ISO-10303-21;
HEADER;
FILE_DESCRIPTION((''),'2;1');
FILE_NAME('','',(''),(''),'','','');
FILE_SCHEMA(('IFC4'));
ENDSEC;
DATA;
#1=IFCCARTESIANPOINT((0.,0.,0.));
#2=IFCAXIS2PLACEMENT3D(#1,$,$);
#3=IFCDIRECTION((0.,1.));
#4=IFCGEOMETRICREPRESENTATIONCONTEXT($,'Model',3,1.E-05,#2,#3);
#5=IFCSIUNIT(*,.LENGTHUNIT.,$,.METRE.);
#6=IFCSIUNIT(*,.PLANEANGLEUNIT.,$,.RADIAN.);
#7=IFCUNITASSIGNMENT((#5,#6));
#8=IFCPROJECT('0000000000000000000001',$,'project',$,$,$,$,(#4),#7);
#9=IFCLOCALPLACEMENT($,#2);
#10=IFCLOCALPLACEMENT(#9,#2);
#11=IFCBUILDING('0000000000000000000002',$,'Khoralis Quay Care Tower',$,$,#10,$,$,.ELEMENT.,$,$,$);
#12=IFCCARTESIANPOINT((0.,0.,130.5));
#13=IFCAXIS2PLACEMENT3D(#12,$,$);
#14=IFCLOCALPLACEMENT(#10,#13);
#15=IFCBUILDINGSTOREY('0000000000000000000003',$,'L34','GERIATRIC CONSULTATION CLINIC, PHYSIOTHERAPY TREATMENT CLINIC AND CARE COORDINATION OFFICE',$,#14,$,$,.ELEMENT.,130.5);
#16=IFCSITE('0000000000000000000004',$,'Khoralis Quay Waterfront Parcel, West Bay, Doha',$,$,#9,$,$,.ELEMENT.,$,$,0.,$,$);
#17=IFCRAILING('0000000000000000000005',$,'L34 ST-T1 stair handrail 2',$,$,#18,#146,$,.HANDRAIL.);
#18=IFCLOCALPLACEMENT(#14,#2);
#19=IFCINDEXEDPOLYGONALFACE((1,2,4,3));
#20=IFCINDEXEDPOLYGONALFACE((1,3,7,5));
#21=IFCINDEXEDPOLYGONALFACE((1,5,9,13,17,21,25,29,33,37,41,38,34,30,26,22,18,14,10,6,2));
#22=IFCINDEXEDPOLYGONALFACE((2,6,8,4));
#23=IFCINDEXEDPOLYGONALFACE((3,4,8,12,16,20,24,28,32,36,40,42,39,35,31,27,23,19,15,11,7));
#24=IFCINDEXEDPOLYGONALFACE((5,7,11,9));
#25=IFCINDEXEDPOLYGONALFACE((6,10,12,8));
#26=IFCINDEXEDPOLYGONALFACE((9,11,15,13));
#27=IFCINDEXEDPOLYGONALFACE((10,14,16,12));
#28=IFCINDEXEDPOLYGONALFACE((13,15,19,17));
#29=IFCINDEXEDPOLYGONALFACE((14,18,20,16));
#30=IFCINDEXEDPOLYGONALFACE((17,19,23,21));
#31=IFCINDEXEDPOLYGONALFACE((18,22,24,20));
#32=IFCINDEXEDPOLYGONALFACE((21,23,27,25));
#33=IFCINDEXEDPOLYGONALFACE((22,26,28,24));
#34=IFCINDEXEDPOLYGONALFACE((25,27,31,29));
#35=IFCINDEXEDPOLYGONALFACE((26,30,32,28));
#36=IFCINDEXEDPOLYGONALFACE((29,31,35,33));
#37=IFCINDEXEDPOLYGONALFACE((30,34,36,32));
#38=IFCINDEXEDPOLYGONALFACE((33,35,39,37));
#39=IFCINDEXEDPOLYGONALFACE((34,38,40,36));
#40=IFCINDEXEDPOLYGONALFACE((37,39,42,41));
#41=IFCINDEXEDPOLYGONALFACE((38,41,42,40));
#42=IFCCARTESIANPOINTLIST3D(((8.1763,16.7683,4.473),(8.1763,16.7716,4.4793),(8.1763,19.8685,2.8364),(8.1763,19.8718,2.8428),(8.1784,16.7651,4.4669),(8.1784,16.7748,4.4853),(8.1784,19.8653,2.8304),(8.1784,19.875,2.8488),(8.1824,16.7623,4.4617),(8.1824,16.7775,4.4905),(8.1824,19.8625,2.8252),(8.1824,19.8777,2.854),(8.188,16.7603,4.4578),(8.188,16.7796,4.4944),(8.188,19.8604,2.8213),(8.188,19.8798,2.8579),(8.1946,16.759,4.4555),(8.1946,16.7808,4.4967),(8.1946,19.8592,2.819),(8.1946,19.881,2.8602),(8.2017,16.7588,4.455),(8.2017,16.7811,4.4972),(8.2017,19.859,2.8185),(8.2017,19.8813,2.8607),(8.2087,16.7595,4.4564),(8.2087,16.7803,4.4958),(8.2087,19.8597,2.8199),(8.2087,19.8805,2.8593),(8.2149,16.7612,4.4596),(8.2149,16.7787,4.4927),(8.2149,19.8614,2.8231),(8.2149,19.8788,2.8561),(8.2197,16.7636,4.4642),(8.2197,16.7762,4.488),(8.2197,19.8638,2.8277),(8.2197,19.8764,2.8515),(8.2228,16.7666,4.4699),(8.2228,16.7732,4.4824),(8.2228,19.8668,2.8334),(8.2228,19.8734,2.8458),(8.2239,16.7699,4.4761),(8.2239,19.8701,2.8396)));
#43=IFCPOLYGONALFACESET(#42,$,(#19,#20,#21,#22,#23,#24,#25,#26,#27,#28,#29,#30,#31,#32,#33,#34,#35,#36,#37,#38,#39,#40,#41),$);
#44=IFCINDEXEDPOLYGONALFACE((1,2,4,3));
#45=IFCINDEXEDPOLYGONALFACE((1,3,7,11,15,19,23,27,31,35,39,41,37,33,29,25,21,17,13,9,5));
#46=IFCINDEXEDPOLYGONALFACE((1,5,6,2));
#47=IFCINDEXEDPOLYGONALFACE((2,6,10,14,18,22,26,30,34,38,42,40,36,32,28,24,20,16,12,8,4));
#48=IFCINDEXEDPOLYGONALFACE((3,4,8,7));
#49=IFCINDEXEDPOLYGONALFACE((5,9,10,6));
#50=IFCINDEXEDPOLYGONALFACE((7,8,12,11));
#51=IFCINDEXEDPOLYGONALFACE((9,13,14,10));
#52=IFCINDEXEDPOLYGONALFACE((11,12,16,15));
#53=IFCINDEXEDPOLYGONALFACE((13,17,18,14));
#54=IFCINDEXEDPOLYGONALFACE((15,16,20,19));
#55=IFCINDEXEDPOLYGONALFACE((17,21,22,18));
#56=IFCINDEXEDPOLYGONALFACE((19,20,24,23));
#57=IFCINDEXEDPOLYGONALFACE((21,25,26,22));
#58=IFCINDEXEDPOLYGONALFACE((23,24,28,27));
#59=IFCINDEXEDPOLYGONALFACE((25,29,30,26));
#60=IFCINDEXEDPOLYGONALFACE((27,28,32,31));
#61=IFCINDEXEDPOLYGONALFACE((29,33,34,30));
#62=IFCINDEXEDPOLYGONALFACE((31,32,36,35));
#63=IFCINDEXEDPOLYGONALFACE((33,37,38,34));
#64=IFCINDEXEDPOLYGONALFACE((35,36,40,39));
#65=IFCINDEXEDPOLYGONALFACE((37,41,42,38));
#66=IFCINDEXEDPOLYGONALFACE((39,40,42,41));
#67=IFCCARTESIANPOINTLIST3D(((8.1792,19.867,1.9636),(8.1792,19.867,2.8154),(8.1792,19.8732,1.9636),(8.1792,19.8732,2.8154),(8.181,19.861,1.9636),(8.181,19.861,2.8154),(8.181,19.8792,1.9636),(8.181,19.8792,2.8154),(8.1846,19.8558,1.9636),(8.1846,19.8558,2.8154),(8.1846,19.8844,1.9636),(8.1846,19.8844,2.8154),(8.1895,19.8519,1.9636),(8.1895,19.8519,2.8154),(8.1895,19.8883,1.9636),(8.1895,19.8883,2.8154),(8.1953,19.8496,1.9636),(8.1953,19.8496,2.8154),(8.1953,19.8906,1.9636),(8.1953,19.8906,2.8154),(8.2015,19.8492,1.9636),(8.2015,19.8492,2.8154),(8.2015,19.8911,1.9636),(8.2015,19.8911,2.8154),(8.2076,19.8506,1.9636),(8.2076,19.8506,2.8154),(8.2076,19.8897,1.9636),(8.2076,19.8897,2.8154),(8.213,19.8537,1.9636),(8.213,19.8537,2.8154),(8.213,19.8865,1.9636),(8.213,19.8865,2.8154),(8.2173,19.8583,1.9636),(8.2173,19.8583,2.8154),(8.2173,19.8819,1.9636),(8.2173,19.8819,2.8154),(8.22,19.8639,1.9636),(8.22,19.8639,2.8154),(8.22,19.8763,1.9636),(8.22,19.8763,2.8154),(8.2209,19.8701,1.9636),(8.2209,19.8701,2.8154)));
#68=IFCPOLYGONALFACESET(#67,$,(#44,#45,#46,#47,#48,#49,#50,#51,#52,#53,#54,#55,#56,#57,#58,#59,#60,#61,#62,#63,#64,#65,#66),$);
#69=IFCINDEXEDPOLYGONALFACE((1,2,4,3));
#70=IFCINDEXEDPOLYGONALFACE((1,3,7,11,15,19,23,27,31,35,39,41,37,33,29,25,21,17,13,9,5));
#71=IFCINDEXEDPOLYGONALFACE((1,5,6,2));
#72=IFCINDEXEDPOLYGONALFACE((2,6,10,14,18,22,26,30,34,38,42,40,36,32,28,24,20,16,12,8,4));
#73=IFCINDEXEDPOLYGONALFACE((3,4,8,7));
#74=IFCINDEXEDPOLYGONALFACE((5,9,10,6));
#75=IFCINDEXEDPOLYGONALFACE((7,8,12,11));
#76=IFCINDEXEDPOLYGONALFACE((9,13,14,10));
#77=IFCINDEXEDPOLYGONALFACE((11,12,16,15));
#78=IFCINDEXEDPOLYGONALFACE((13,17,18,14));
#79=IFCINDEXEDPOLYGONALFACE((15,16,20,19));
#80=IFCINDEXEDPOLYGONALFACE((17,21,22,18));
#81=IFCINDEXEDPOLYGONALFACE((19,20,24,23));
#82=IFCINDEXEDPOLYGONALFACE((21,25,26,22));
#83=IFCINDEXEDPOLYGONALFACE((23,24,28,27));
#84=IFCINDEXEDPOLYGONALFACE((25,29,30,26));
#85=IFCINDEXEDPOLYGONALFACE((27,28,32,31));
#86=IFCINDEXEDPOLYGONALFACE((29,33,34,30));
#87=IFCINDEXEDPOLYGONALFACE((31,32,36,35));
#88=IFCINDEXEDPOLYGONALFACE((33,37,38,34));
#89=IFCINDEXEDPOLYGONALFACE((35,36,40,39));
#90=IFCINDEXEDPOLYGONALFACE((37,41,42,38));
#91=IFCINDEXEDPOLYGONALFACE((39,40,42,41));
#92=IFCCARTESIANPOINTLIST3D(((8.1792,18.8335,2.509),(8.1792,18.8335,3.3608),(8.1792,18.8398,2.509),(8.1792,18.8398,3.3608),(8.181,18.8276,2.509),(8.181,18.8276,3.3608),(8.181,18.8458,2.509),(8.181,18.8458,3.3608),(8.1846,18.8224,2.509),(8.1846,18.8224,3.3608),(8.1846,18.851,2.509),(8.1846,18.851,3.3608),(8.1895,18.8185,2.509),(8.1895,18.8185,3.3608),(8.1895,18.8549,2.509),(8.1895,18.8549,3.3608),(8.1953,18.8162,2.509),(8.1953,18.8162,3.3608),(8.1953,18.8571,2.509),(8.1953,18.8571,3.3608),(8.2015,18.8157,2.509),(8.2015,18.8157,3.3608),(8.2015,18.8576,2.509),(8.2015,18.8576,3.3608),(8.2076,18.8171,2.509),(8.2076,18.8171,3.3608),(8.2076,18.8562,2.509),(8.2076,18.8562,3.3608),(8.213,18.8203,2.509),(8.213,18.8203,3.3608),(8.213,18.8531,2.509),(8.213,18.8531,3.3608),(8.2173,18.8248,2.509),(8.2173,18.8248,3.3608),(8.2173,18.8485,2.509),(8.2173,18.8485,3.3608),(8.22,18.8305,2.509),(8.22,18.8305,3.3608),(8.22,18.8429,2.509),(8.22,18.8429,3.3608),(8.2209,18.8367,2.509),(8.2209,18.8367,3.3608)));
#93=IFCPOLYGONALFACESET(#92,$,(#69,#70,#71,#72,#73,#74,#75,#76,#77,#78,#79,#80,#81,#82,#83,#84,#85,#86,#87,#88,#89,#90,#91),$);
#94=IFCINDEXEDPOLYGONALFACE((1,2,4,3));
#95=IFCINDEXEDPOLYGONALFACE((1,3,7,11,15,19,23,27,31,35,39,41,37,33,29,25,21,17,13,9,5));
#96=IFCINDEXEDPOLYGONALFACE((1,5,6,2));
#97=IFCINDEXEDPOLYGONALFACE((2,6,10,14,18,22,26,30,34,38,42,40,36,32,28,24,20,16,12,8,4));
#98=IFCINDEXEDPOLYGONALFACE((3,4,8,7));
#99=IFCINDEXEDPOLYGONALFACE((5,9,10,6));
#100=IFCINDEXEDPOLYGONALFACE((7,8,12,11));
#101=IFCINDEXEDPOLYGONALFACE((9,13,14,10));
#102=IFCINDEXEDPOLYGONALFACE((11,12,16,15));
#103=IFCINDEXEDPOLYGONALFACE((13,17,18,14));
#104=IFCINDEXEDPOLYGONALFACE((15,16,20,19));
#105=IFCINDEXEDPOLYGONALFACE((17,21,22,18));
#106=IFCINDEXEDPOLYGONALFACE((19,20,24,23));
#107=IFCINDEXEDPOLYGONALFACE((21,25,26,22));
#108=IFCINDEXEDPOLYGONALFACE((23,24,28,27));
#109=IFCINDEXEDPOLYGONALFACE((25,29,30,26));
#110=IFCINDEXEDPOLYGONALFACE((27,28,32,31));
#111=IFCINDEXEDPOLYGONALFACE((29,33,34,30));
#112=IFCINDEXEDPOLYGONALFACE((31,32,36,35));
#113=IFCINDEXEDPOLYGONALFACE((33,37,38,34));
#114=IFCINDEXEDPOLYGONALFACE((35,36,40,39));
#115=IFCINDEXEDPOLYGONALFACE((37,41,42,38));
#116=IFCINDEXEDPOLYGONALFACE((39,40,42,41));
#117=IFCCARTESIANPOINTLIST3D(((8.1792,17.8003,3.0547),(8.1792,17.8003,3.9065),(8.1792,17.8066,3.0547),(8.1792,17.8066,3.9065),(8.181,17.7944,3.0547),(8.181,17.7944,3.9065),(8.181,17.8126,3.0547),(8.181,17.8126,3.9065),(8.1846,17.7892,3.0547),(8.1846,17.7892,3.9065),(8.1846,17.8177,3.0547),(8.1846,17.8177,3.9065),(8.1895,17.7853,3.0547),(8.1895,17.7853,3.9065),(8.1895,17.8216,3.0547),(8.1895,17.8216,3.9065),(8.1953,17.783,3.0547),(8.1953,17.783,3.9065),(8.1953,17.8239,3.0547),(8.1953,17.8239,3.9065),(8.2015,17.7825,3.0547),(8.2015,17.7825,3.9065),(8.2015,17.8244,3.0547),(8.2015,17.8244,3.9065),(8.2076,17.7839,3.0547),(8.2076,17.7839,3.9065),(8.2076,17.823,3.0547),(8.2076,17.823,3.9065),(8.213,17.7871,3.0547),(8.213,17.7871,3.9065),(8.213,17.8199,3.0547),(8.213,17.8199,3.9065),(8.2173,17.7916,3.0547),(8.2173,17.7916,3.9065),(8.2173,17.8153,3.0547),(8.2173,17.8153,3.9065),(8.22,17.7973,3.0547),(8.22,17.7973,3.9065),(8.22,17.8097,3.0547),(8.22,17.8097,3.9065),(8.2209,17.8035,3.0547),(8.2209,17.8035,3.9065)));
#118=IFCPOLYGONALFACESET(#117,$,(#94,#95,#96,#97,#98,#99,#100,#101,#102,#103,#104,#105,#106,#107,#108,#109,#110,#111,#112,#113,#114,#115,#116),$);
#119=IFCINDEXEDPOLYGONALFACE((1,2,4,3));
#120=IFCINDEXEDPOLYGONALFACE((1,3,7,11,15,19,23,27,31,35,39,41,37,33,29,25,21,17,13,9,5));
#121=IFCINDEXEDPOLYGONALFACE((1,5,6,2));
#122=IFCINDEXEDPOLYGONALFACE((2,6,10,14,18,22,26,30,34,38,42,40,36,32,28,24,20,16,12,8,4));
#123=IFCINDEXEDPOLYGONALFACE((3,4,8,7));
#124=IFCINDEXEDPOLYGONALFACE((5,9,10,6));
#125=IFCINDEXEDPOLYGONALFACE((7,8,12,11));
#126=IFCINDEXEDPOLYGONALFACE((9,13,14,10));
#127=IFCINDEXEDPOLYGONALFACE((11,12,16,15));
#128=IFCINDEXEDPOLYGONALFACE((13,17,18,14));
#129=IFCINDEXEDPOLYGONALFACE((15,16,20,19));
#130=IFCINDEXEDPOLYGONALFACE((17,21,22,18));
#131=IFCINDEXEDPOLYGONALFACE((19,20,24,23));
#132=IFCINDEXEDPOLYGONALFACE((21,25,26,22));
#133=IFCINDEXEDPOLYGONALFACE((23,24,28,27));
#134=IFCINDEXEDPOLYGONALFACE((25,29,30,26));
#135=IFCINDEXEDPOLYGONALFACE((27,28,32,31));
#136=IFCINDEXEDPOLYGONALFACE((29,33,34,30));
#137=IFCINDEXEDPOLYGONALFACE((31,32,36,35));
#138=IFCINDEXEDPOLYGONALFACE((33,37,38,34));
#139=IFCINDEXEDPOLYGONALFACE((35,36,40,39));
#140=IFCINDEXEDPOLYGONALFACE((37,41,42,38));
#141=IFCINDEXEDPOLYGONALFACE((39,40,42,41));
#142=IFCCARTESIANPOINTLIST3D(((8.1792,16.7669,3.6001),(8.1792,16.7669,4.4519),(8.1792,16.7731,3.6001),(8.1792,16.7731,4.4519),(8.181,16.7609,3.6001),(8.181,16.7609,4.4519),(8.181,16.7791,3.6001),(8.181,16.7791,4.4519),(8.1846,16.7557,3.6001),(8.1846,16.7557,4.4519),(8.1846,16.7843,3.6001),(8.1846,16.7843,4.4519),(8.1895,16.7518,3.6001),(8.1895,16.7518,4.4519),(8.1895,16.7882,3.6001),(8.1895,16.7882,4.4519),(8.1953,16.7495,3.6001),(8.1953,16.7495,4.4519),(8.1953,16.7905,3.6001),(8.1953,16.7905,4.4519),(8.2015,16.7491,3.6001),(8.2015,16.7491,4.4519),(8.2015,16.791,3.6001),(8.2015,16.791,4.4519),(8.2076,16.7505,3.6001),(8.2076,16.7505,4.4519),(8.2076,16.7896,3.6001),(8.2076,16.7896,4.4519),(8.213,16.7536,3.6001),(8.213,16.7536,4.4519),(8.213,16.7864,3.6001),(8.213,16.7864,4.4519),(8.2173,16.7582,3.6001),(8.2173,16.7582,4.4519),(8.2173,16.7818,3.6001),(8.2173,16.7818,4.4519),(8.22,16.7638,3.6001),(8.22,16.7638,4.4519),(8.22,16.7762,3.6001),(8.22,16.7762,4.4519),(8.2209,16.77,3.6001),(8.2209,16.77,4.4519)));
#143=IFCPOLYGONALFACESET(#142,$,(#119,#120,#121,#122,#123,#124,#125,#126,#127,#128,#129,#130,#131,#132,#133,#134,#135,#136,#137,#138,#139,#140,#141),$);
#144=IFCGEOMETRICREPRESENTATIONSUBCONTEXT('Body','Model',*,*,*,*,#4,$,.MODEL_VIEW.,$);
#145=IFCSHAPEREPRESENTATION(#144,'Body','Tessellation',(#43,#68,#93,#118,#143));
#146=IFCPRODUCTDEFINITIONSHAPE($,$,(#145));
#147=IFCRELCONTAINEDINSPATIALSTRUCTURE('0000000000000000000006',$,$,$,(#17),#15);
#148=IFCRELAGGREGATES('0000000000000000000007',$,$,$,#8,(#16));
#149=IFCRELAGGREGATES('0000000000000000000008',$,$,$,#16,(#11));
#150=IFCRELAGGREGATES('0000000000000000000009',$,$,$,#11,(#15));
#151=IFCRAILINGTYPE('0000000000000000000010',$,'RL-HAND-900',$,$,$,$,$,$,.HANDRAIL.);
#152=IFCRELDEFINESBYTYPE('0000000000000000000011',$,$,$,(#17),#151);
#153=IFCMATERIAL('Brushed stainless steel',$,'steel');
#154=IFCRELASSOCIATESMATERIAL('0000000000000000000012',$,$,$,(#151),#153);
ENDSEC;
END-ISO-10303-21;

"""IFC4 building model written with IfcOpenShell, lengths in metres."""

from ifc_helpers import new_model, si_unit, direction, frame, origin, origin_2d, place, context, subcontext, project, spatial, circle, extrude, material, type_object, element, save


model = new_model("IFC4")

# Units and contexts
model_context = context("Model", 3, precision=1e-05, world=origin(), true_north=direction((0.0, 1.0)))
body_context = subcontext(model_context, "Body", "Model", "MODEL_VIEW")
ifc_project = project(units=[si_unit("LENGTHUNIT", "METRE"), si_unit("PLANEANGLEUNIT", "RADIAN")], contexts=[model_context])

# Site, building, storey
site_placement = place(None, origin())
site = spatial("IfcSite", under=ifc_project, at=site_placement, Name="Khoralis Quay Waterfront Parcel, West Bay, Doha", CompositionType="ELEMENT", RefElevation=0.0)
building_placement = place(site_placement, origin())
building = spatial("IfcBuilding", under=site, at=building_placement, Name="Khoralis Quay Care Tower", CompositionType="ELEMENT")
storey_placement = place(building_placement, frame((0.0, 0.0, 130.5)))
storey = spatial("IfcBuildingStorey", under=building, at=storey_placement, Name="L34", Description="GERIATRIC CONSULTATION CLINIC, PHYSIOTHERAPY TREATMENT CLINIC AND CARE COORDINATION OFFICE", CompositionType="ELEMENT", Elevation=130.5)

# Railing
ifc_material_1 = material(Name="Brushed stainless steel", Category="steel")
railing_type_1 = type_object("IfcRailingType", Name="RL-HAND-900", PredefinedType="HANDRAIL", material=ifc_material_1)
railing_1_placement = place(storey_placement, frame((8.2, 19.8701, 1.9636)))
element("IfcRailing", 1, at=railing_1_placement, inside=storey, type_object=railing_type_1, Name="L34 ST-T1 stair handrail 2", PredefinedType="HANDRAIL", context=body_context, shape_type="SweptSolid", body=[
    extrude(circle(Radius=0.0239, at=origin_2d()), frame((0.0, 0.0, 0.876), z_axis=(0.0, -0.884348, 0.466828), x_axis=(1.0, 0.0, 0.0)), (0.0, 0.0, 1.0), 3.5056),
    extrude(circle(Radius=0.021, at=origin_2d()), origin(), (0.0, 0.0, 1.0), 0.8518),
    extrude(circle(Radius=0.021, at=origin_2d()), frame((0.0, -1.0334, 0.5454)), (0.0, 0.0, 1.0), 0.8518),
    extrude(circle(Radius=0.021, at=origin_2d()), frame((0.0, -2.0667, 1.0911)), (0.0, 0.0, 1.0), 0.8518),
    extrude(circle(Radius=0.021, at=origin_2d()), frame((0.0, -3.1001, 1.6365)), (0.0, 0.0, 1.0), 0.8518),
])

save(model, "model.ifc")
